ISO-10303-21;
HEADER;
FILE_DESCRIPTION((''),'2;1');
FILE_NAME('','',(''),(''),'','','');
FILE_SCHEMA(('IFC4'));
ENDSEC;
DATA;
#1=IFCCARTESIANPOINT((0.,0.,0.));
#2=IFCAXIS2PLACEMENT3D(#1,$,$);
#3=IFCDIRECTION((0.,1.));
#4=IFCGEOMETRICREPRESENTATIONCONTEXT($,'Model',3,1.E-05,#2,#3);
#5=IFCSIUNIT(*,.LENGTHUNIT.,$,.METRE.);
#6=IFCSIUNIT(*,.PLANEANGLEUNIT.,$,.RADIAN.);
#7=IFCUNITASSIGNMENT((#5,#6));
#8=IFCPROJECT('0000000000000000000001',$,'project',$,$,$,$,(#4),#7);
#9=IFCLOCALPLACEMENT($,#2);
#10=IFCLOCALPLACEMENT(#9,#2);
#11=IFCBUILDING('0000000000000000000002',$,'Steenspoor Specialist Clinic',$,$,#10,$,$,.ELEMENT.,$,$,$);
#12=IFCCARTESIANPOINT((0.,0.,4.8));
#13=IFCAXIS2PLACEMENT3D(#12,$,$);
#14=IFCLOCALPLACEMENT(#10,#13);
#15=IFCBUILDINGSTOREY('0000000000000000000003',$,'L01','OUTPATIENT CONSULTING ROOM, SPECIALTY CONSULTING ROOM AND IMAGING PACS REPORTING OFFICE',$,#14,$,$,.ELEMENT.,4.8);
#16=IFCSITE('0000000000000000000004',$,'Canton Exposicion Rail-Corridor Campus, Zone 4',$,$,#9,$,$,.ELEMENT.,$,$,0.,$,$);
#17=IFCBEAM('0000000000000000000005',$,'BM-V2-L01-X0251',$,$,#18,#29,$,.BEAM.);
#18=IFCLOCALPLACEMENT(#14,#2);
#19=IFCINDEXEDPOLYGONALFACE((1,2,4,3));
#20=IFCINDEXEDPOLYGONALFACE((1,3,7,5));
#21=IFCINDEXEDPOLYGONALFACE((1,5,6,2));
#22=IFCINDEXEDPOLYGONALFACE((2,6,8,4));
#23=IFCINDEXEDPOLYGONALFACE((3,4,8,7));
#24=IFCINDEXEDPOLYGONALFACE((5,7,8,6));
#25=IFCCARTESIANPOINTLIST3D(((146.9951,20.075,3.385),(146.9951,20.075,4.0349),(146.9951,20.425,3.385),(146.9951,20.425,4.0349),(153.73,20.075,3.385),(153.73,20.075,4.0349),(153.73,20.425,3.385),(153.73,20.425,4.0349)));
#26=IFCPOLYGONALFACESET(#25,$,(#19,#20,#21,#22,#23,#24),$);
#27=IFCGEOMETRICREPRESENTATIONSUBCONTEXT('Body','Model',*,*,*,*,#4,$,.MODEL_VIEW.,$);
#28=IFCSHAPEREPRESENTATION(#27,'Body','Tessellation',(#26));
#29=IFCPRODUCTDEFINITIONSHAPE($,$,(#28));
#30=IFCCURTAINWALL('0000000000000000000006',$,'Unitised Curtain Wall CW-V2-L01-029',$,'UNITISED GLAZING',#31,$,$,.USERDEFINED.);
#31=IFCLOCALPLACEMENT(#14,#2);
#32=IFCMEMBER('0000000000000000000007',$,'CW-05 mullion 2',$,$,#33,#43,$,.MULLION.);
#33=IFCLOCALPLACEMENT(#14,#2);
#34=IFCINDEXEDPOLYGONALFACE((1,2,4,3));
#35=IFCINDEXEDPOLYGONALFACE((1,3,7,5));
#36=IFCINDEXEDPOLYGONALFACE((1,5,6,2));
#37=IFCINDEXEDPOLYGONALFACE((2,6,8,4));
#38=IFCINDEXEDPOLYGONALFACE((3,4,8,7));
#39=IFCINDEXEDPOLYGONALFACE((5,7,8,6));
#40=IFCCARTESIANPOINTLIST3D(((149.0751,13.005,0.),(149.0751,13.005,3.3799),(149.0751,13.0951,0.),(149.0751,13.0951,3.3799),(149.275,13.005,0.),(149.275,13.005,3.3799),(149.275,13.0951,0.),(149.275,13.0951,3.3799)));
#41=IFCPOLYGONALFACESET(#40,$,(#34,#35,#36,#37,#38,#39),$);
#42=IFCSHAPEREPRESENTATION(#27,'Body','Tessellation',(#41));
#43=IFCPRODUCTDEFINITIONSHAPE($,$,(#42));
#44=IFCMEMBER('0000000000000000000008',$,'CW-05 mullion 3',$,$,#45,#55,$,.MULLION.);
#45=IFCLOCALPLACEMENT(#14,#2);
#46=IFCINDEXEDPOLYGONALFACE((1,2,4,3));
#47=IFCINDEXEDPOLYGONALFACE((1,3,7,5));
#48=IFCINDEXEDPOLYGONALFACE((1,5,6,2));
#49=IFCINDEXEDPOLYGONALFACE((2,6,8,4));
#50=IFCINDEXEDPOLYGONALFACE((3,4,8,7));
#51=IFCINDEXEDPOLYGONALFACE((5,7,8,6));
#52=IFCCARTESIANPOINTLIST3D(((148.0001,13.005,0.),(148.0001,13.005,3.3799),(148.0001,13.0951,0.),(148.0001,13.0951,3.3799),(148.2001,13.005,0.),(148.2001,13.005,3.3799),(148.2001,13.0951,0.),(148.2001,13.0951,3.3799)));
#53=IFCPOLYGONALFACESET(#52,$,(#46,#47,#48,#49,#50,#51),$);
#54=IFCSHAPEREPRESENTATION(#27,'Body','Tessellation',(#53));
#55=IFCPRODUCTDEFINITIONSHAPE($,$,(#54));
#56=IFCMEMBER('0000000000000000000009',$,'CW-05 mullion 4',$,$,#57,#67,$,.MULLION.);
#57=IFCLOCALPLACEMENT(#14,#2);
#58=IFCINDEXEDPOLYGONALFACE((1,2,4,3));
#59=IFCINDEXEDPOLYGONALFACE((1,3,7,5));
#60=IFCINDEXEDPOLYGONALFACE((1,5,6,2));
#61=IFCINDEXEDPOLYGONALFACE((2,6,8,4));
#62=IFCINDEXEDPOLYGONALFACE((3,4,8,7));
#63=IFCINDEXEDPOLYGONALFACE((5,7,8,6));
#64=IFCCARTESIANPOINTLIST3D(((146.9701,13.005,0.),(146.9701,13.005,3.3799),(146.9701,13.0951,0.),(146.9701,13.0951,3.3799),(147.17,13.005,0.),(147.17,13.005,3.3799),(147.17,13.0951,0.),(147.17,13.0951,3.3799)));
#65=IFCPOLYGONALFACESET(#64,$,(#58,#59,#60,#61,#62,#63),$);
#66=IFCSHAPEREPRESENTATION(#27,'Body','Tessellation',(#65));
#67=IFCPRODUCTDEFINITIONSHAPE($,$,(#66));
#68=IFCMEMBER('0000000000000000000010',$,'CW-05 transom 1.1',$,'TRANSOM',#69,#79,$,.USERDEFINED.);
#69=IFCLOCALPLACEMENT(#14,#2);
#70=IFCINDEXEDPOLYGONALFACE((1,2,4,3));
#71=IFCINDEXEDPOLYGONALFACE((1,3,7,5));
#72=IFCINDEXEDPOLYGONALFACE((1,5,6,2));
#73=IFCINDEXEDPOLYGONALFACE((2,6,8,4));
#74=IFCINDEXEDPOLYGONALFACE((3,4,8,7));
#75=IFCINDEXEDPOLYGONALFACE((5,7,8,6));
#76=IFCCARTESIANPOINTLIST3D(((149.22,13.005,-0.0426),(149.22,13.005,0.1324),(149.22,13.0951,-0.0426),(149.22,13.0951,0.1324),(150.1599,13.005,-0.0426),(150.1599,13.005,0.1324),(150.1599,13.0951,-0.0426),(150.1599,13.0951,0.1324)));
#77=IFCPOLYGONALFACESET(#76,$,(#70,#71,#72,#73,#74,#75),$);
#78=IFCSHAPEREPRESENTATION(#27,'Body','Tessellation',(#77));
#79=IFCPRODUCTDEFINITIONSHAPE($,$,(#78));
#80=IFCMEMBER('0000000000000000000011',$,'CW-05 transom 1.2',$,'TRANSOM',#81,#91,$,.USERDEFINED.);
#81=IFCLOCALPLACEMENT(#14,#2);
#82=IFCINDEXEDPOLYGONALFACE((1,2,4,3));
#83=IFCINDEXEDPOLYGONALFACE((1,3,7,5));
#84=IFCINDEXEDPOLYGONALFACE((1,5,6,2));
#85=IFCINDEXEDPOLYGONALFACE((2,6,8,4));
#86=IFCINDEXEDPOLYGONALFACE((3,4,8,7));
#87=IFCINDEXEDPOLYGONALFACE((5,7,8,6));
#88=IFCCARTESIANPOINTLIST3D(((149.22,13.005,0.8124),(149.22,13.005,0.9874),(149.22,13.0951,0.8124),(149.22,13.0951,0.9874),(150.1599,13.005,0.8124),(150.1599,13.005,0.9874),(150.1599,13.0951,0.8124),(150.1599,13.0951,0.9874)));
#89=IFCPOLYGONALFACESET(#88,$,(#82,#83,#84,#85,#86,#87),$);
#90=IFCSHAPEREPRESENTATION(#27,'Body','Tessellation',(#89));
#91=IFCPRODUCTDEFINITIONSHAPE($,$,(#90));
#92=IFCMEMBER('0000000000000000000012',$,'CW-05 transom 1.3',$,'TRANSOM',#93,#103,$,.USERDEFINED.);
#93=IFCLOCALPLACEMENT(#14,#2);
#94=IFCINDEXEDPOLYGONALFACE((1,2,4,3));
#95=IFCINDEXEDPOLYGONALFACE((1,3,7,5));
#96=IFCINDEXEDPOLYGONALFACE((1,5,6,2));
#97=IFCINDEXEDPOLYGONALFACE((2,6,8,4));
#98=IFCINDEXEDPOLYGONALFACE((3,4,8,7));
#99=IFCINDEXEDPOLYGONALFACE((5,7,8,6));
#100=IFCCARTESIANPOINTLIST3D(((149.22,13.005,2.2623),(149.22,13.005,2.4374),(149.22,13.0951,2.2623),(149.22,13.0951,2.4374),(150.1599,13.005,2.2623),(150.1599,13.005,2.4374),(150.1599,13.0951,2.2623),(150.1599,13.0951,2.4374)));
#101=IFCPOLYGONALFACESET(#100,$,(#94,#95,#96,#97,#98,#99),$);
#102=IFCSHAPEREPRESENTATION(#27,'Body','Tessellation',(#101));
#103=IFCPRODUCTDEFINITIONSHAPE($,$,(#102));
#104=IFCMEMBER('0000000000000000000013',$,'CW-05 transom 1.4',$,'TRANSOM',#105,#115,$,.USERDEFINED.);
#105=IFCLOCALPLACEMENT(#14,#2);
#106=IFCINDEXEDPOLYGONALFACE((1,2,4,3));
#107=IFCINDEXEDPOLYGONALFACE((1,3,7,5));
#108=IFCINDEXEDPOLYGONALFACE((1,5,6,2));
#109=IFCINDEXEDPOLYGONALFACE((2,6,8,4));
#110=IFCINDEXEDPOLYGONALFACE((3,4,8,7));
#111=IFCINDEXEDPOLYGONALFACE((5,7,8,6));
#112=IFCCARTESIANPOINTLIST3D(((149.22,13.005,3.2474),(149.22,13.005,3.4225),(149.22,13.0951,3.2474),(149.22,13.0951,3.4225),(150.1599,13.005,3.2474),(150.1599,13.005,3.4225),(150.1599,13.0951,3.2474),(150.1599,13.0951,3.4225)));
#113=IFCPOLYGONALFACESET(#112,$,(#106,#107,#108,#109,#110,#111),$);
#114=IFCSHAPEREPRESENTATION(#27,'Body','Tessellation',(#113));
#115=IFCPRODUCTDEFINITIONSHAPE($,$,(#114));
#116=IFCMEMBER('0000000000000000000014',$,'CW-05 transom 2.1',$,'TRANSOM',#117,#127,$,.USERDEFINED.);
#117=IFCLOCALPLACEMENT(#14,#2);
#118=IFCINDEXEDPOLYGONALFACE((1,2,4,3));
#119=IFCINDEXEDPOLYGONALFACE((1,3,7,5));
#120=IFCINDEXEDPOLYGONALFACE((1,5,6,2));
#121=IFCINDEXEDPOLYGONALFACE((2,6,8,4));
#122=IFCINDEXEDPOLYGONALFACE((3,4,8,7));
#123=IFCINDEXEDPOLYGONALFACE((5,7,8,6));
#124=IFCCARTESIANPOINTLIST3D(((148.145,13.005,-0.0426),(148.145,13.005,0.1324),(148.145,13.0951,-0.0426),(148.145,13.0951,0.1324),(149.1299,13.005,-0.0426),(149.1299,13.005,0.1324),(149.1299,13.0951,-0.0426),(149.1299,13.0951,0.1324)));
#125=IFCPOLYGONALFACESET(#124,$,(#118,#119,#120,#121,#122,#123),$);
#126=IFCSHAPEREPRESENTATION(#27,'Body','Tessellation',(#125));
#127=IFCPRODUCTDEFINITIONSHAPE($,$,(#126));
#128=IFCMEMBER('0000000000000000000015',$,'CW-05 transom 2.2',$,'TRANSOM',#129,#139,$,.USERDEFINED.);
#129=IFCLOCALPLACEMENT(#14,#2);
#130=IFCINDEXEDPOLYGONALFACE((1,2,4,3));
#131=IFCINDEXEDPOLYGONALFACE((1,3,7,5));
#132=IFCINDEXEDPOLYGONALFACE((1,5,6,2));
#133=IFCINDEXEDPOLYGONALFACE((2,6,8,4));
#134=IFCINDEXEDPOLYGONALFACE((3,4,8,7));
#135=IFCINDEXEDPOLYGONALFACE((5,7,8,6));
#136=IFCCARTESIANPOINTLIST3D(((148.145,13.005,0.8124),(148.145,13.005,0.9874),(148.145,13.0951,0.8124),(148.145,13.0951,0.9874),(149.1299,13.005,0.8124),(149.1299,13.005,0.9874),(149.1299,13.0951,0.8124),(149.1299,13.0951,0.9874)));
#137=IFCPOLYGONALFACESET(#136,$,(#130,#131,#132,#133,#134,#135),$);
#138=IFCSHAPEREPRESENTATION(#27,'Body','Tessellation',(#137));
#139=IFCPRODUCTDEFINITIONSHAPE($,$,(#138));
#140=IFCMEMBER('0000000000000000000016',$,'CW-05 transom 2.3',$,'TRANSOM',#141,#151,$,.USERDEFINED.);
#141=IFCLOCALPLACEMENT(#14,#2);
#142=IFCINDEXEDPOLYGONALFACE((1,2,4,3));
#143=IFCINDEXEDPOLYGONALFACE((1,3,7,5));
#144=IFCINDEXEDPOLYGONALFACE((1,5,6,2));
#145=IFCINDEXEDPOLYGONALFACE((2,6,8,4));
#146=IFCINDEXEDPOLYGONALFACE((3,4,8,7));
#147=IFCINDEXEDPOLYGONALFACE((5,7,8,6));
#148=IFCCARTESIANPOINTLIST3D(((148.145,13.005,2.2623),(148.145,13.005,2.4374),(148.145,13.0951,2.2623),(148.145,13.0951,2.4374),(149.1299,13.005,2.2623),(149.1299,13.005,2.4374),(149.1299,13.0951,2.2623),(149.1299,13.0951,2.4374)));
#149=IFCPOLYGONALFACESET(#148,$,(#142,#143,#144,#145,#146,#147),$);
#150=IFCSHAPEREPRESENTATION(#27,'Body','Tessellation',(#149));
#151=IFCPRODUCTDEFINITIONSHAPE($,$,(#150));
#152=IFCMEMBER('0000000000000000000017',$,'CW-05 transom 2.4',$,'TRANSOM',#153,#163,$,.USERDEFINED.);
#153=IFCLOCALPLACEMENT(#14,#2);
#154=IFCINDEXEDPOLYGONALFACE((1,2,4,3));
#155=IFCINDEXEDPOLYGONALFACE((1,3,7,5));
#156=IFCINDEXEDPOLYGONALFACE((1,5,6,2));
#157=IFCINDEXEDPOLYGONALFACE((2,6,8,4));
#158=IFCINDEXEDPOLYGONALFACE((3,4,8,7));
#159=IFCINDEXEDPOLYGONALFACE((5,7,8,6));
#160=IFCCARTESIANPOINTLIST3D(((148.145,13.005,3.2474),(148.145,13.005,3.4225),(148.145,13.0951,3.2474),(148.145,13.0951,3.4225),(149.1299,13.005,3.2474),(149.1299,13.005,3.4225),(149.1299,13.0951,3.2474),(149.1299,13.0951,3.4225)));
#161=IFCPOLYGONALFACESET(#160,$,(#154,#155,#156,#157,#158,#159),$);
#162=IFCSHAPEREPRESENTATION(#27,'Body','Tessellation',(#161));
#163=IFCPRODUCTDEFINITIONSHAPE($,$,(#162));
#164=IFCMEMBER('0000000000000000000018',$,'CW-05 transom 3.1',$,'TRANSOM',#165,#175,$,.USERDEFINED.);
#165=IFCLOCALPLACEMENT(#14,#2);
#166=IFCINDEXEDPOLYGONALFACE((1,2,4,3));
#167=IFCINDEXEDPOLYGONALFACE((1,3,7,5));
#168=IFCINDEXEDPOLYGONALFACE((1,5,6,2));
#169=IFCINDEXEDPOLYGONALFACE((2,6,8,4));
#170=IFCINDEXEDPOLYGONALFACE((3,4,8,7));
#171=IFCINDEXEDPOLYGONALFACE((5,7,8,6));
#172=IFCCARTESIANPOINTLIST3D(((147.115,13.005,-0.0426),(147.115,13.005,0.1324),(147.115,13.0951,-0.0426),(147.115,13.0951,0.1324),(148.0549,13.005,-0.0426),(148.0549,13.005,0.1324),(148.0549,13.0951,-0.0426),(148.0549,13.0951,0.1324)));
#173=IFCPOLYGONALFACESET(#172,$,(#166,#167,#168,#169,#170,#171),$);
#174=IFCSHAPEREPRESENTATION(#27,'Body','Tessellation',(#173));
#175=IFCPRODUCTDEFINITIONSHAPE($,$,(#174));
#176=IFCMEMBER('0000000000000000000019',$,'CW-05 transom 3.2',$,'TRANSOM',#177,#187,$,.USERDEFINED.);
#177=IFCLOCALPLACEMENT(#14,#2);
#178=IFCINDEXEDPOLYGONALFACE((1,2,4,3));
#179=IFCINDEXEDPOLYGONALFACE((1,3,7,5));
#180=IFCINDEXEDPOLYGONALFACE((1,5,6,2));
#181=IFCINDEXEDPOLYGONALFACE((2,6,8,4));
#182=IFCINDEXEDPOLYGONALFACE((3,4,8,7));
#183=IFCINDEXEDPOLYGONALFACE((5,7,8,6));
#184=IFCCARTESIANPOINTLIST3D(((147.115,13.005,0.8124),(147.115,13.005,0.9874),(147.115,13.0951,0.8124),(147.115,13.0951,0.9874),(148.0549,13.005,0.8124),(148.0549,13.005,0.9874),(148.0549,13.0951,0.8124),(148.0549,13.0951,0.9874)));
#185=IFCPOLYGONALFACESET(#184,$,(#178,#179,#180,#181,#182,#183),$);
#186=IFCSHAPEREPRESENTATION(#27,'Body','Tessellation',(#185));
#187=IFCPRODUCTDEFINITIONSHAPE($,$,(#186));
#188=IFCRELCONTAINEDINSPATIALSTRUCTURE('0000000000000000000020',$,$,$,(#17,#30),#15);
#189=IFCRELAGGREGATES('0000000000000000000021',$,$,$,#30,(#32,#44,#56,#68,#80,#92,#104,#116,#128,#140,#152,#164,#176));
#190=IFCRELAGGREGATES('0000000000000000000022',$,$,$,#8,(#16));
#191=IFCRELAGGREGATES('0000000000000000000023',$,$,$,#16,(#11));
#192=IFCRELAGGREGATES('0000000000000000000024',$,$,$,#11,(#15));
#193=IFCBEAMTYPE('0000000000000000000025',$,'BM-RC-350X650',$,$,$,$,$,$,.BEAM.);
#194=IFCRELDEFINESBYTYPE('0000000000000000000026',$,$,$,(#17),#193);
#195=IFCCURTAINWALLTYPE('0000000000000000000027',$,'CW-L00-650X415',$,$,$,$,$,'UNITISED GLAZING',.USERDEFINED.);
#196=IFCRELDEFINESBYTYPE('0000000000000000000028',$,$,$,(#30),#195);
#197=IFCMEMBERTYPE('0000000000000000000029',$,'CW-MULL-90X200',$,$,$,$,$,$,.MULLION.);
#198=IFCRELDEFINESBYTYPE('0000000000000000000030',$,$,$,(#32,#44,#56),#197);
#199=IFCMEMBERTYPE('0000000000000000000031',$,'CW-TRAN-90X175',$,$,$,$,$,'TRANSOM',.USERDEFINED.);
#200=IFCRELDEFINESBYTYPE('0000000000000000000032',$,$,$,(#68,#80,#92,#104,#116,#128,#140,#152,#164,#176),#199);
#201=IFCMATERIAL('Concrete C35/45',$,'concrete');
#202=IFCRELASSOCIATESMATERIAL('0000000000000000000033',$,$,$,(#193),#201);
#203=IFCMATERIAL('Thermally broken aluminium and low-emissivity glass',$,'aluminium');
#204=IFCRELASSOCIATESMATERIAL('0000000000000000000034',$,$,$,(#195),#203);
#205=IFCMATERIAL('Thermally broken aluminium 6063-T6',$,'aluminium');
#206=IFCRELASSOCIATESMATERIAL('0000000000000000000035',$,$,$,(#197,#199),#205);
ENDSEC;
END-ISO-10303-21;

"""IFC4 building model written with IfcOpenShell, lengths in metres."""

from ifc_helpers import new_model, si_unit, direction, frame, origin, origin_2d, place, context, subcontext, project, spatial, rectangle, extrude, material, material_profile, profile_set, type_object, element, aggregate, save


model = new_model("IFC4")

# Units and contexts
model_context = context("Model", 3, precision=1e-05, world=origin(), true_north=direction((0.0, 1.0)))
body_context = subcontext(model_context, "Body", "Model", "MODEL_VIEW")
ifc_project = project(units=[si_unit("LENGTHUNIT", "METRE"), si_unit("PLANEANGLEUNIT", "RADIAN")], contexts=[model_context])

# Site, building, storey
site_placement = place(None, origin())
site = spatial("IfcSite", under=ifc_project, at=site_placement, Name="Canton Exposicion Rail-Corridor Campus, Zone 4", CompositionType="ELEMENT", RefElevation=0.0)
building_placement = place(site_placement, origin())
building = spatial("IfcBuilding", under=site, at=building_placement, Name="Steenspoor Specialist Clinic", CompositionType="ELEMENT")
storey_placement = place(building_placement, frame((0.0, 0.0, 4.8)))
storey = spatial("IfcBuildingStorey", under=building, at=storey_placement, Name="L01", Description="OUTPATIENT CONSULTING ROOM, SPECIALTY CONSULTING ROOM AND IMAGING PACS REPORTING OFFICE", CompositionType="ELEMENT", Elevation=4.8)

# Beam
ifc_material_1 = material(Name="Concrete C35/45", Category="concrete")
ifc_material_profile_1 = material_profile(ifc_material_1, rectangle(XDim=0.3501, YDim=0.6499, at=origin_2d()), Name="RC-BM-350X650")
ifc_profile_set_1 = profile_set([ifc_material_profile_1], Name="Concrete C35/45")
beam_type_1 = type_object("IfcBeamType", Name="BM-RC-350X650", PredefinedType="BEAM", material=ifc_profile_set_1)
beam_1_placement = place(storey_placement, frame((146.9951, 20.25, 3.71), z_axis=(1.0, 0.0, 0.0), x_axis=(0.0, 1.0, 0.0)))
element("IfcBeam", 1, at=beam_1_placement, inside=storey, type_object=beam_type_1, Name="BM-V2-L01-X0251", PredefinedType="BEAM", context=body_context, shape_type="SweptSolid", body=[
    extrude(rectangle(XDim=0.3501, YDim=0.6499, at=origin_2d()), origin(), (0.0, 0.0, 1.0), 6.7349),
])

# Curtain wall, members
ifc_material_2 = material(Name="Thermally broken aluminium and low-emissivity glass", Category="aluminium")
curtain_wall_type = type_object("IfcCurtainWallType", Name="CW-L00-650X415", ElementType="UNITISED GLAZING", PredefinedType="USERDEFINED", material=ifc_material_2)
curtain_wall_placement = place(storey_placement, origin())
curtain_wall = element("IfcCurtainWall", 2, at=curtain_wall_placement, inside=storey, type_object=curtain_wall_type, Name="Unitised Curtain Wall CW-V2-L01-029", ObjectType="UNITISED GLAZING", PredefinedType="USERDEFINED")
ifc_material_3 = material(Name="Thermally broken aluminium 6063-T6", Category="aluminium")
ifc_material_profile_2 = material_profile(ifc_material_3, rectangle(XDim=0.0901, YDim=0.2, at=origin_2d()), Name="CWM-90X200")
ifc_profile_set_2 = profile_set([ifc_material_profile_2], Name="Thermally broken aluminium 6063-T6")
member_type_1 = type_object("IfcMemberType", Name="CW-MULL-90X200", PredefinedType="MULLION", material=ifc_profile_set_2)
member_1_placement = place(storey_placement, frame((149.175, 13.05, 0.0), z_axis=(0.0, 0.0, 1.0), x_axis=(0.0, -1.0, 0.0)))
member_1 = element("IfcMember", 3, at=member_1_placement, type_object=member_type_1, Name="CW-05 mullion 2", PredefinedType="MULLION", context=body_context, shape_type="SweptSolid", body=[
    extrude(rectangle(XDim=0.0901, YDim=0.2, at=origin_2d()), origin(), (0.0, 0.0, 1.0), 3.3799),
])
member_2_placement = place(storey_placement, frame((148.1001, 13.05, 0.0), z_axis=(0.0, 0.0, 1.0), x_axis=(0.0, -1.0, 0.0)))
member_2 = element("IfcMember", 4, at=member_2_placement, type_object=member_type_1, Name="CW-05 mullion 3", PredefinedType="MULLION", context=body_context, shape_type="SweptSolid", body=[
    extrude(rectangle(XDim=0.0901, YDim=0.2, at=origin_2d()), origin(), (0.0, 0.0, 1.0), 3.3799),
])
member_3_placement = place(storey_placement, frame((147.0701, 13.05, 0.0), z_axis=(0.0, 0.0, 1.0), x_axis=(0.0, -1.0, 0.0)))
member_3 = element("IfcMember", 5, at=member_3_placement, type_object=member_type_1, Name="CW-05 mullion 4", PredefinedType="MULLION", context=body_context, shape_type="SweptSolid", body=[
    extrude(rectangle(XDim=0.0901, YDim=0.2, at=origin_2d()), origin(), (0.0, 0.0, 1.0), 3.3799),
])
ifc_material_profile_3 = material_profile(ifc_material_3, rectangle(XDim=0.0901, YDim=0.175, at=origin_2d()), Name="CWT-90X175")
ifc_profile_set_3 = profile_set([ifc_material_profile_3], Name="Thermally broken aluminium 6063-T6")
member_type_2 = type_object("IfcMemberType", Name="CW-TRAN-90X175", ElementType="TRANSOM", PredefinedType="USERDEFINED", material=ifc_profile_set_3)
member_4_placement = place(storey_placement, frame((150.1599, 13.05, 0.0449), z_axis=(-1.0, 0.0, 0.0), x_axis=(0.0, -1.0, 0.0)))
member_4 = element("IfcMember", 6, at=member_4_placement, type_object=member_type_2, Name="CW-05 transom 1.1", ObjectType="TRANSOM", PredefinedType="USERDEFINED", context=body_context, shape_type="SweptSolid", body=[
    extrude(rectangle(XDim=0.0901, YDim=0.175, at=origin_2d()), origin(), (0.0, 0.0, 1.0), 0.9399),
])
member_5_placement = place(storey_placement, frame((150.1599, 13.05, 0.8999), z_axis=(-1.0, 0.0, 0.0), x_axis=(0.0, -1.0, 0.0)))
member_5 = element("IfcMember", 7, at=member_5_placement, type_object=member_type_2, Name="CW-05 transom 1.2", ObjectType="TRANSOM", PredefinedType="USERDEFINED", context=body_context, shape_type="SweptSolid", body=[
    extrude(rectangle(XDim=0.0901, YDim=0.175, at=origin_2d()), origin(), (0.0, 0.0, 1.0), 0.9399),
])
member_6_placement = place(storey_placement, frame((150.1599, 13.05, 2.3499), z_axis=(-1.0, 0.0, 0.0), x_axis=(0.0, -1.0, 0.0)))
member_6 = element("IfcMember", 8, at=member_6_placement, type_object=member_type_2, Name="CW-05 transom 1.3", ObjectType="TRANSOM", PredefinedType="USERDEFINED", context=body_context, shape_type="SweptSolid", body=[
    extrude(rectangle(XDim=0.0901, YDim=0.175, at=origin_2d()), origin(), (0.0, 0.0, 1.0), 0.9399),
])
member_7_placement = place(storey_placement, frame((150.1599, 13.05, 3.335), z_axis=(-1.0, 0.0, 0.0), x_axis=(0.0, -1.0, 0.0)))
member_7 = element("IfcMember", 9, at=member_7_placement, type_object=member_type_2, Name="CW-05 transom 1.4", ObjectType="TRANSOM", PredefinedType="USERDEFINED", context=body_context, shape_type="SweptSolid", body=[
    extrude(rectangle(XDim=0.0901, YDim=0.175, at=origin_2d()), origin(), (0.0, 0.0, 1.0), 0.9399),
])
member_8_placement = place(storey_placement, frame((149.1299, 13.05, 0.0449), z_axis=(-1.0, 0.0, 0.0), x_axis=(0.0, -1.0, 0.0)))
member_8 = element("IfcMember", 10, at=member_8_placement, type_object=member_type_2, Name="CW-05 transom 2.1", ObjectType="TRANSOM", PredefinedType="USERDEFINED", context=body_context, shape_type="SweptSolid", body=[
    extrude(rectangle(XDim=0.0901, YDim=0.175, at=origin_2d()), origin(), (0.0, 0.0, 1.0), 0.9849),
])
member_9_placement = place(storey_placement, frame((149.1299, 13.05, 0.8999), z_axis=(-1.0, 0.0, 0.0), x_axis=(0.0, -1.0, 0.0)))
member_9 = element("IfcMember", 11, at=member_9_placement, type_object=member_type_2, Name="CW-05 transom 2.2", ObjectType="TRANSOM", PredefinedType="USERDEFINED", context=body_context, shape_type="SweptSolid", body=[
    extrude(rectangle(XDim=0.0901, YDim=0.175, at=origin_2d()), origin(), (0.0, 0.0, 1.0), 0.9849),
])
member_10_placement = place(storey_placement, frame((149.1299, 13.05, 2.3499), z_axis=(-1.0, 0.0, 0.0), x_axis=(0.0, -1.0, 0.0)))
member_10 = element("IfcMember", 12, at=member_10_placement, type_object=member_type_2, Name="CW-05 transom 2.3", ObjectType="TRANSOM", PredefinedType="USERDEFINED", context=body_context, shape_type="SweptSolid", body=[
    extrude(rectangle(XDim=0.0901, YDim=0.175, at=origin_2d()), origin(), (0.0, 0.0, 1.0), 0.9849),
])
member_11_placement = place(storey_placement, frame((149.1299, 13.05, 3.335), z_axis=(-1.0, 0.0, 0.0), x_axis=(0.0, -1.0, 0.0)))
member_11 = element("IfcMember", 13, at=member_11_placement, type_object=member_type_2, Name="CW-05 transom 2.4", ObjectType="TRANSOM", PredefinedType="USERDEFINED", context=body_context, shape_type="SweptSolid", body=[
    extrude(rectangle(XDim=0.0901, YDim=0.175, at=origin_2d()), origin(), (0.0, 0.0, 1.0), 0.9849),
])
member_12_placement = place(storey_placement, frame((148.0549, 13.05, 0.0449), z_axis=(-1.0, 0.0, 0.0), x_axis=(0.0, -1.0, 0.0)))
member_12 = element("IfcMember", 14, at=member_12_placement, type_object=member_type_2, Name="CW-05 transom 3.1", ObjectType="TRANSOM", PredefinedType="USERDEFINED", context=body_context, shape_type="SweptSolid", body=[
    extrude(rectangle(XDim=0.0901, YDim=0.175, at=origin_2d()), origin(), (0.0, 0.0, 1.0), 0.9399),
])
member_13_placement = place(storey_placement, frame((148.0549, 13.05, 0.8999), z_axis=(-1.0, 0.0, 0.0), x_axis=(0.0, -1.0, 0.0)))
member_13 = element("IfcMember", 15, at=member_13_placement, type_object=member_type_2, Name="CW-05 transom 3.2", ObjectType="TRANSOM", PredefinedType="USERDEFINED", context=body_context, shape_type="SweptSolid", body=[
    extrude(rectangle(XDim=0.0901, YDim=0.175, at=origin_2d()), origin(), (0.0, 0.0, 1.0), 0.9399),
])

aggregate(curtain_wall, [member_1, member_2, member_3, member_4, member_5, member_6, member_7, member_8, member_9, member_10, member_11, member_12, member_13])

save(model, "model.ifc")
